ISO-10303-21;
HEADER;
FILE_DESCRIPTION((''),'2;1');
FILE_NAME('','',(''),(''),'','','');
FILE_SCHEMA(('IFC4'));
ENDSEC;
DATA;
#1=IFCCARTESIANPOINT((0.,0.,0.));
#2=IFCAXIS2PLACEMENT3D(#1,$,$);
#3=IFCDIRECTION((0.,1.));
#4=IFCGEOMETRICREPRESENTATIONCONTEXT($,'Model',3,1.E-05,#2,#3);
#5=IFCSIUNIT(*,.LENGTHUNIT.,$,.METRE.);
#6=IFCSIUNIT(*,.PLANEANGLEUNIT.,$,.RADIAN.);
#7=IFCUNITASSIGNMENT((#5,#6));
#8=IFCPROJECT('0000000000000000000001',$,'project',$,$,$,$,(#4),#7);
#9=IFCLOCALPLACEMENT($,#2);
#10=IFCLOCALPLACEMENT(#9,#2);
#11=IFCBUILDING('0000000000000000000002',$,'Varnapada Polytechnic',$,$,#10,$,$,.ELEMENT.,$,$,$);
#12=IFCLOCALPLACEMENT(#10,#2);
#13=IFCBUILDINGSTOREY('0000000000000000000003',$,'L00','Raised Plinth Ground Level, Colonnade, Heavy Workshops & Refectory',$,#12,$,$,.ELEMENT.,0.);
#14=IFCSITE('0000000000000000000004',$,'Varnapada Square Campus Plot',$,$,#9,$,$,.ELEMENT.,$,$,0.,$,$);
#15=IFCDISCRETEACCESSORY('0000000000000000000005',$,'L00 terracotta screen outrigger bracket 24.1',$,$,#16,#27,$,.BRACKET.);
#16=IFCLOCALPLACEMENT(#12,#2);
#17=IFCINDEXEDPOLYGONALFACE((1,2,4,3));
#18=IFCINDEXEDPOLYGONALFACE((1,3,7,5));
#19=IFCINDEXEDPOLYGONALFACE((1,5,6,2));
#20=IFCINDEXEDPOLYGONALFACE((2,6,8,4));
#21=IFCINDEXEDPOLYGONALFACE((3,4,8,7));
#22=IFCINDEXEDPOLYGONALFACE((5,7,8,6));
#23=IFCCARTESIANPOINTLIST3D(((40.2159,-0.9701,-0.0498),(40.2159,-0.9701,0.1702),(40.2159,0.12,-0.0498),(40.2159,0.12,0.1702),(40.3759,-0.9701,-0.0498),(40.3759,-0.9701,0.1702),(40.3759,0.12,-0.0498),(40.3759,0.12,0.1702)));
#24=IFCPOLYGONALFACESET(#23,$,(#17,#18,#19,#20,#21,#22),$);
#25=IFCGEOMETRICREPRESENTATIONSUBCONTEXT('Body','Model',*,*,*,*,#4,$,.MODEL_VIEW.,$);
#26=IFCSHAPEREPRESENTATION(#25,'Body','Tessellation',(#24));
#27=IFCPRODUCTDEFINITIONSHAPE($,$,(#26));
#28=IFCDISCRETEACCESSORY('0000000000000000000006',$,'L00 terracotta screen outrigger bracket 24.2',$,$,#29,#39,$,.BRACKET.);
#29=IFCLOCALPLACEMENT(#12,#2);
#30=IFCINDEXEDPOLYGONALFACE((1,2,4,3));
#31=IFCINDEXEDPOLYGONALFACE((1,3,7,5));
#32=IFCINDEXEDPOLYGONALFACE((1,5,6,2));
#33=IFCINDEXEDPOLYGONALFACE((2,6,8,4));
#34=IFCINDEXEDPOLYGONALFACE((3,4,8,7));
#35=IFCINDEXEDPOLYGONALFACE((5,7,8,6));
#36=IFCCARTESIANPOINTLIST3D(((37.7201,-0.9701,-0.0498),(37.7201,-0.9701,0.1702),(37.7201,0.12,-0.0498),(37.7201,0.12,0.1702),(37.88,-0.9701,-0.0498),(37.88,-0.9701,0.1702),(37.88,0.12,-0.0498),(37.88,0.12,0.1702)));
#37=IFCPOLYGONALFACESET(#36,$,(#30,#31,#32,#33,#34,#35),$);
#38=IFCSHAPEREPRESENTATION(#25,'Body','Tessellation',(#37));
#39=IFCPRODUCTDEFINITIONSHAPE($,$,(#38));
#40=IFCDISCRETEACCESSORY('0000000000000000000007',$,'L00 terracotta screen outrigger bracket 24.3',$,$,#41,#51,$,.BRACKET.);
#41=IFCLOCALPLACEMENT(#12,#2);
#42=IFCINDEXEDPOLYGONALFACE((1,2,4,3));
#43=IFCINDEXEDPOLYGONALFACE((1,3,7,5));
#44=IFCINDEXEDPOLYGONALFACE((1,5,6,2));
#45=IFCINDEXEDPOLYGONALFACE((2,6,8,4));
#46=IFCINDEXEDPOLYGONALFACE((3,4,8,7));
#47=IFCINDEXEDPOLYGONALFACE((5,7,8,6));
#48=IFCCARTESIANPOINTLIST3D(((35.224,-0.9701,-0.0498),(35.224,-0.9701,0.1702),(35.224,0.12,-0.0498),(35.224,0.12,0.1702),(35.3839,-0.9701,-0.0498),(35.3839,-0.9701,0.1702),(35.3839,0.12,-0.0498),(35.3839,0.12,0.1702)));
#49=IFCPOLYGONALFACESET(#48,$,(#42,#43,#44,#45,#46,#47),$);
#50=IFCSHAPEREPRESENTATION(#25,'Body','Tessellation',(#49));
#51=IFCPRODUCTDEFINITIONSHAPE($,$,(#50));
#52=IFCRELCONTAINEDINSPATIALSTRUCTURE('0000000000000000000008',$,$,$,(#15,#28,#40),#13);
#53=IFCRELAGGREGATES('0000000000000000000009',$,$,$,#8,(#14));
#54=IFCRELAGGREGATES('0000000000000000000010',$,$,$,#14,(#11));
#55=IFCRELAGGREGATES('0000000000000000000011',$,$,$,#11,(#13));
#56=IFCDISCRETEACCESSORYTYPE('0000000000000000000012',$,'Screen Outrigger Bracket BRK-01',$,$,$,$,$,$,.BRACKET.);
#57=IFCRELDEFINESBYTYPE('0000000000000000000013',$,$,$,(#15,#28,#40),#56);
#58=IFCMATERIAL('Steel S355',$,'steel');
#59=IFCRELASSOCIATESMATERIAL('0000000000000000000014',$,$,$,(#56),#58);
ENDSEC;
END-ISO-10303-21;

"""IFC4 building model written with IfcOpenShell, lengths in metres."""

from ifc_helpers import new_model, si_unit, direction, frame, origin, origin_2d, place, context, subcontext, project, spatial, rectangle, extrude, material, type_object, element, save


model = new_model("IFC4")

# Units and contexts
model_context = context("Model", 3, precision=1e-05, world=origin(), true_north=direction((0.0, 1.0)))
body_context = subcontext(model_context, "Body", "Model", "MODEL_VIEW")
ifc_project = project(units=[si_unit("LENGTHUNIT", "METRE"), si_unit("PLANEANGLEUNIT", "RADIAN")], contexts=[model_context])

# Site, building, storey
site_placement = place(None, origin())
site = spatial("IfcSite", under=ifc_project, at=site_placement, Name="Varnapada Square Campus Plot", CompositionType="ELEMENT", RefElevation=0.0)
building_placement = place(site_placement, origin())
building = spatial("IfcBuilding", under=site, at=building_placement, Name="Varnapada Polytechnic", CompositionType="ELEMENT")
storey_placement = place(building_placement, origin())
storey = spatial("IfcBuildingStorey", under=building, at=storey_placement, Name="L00", Description="Raised Plinth Ground Level, Colonnade, Heavy Workshops & Refectory", CompositionType="ELEMENT", Elevation=0.0)

# Discrete accessories
ifc_material_1 = material(Name="Steel S355", Category="steel")
discrete_accessory_type = type_object("IfcDiscreteAccessoryType", Name="Screen Outrigger Bracket BRK-01", PredefinedType="BRACKET", material=ifc_material_1)
for number, where, z_axis, x_axis, name in (
    (1, (40.2959, -0.425, -0.0498), (0.0, 0.0, 1.0), (-1.0, 0.0, 0.0), "L00 terracotta screen outrigger bracket 24.1"),
    (2, (37.8, -0.425, -0.0498), (0.0, 0.0, 1.0), (-1.0, 0.0, 0.0), "L00 terracotta screen outrigger bracket 24.2"),
    (3, (35.304, -0.425, -0.0498), (0.0, 0.0, 1.0), (-1.0, 0.0, 0.0), "L00 terracotta screen outrigger bracket 24.3"),
):
    element("IfcDiscreteAccessory", number, at=place(storey_placement, frame(where, z_axis=z_axis, x_axis=x_axis)), inside=storey, type_object=discrete_accessory_type, Name=name, PredefinedType="BRACKET", context=body_context, shape_type="SweptSolid", body=[
        extrude(rectangle(XDim=0.1599, YDim=1.0901, at=origin_2d()), origin(), (0.0, 0.0, 1.0), 0.22),
    ])

save(model, "model.ifc")
